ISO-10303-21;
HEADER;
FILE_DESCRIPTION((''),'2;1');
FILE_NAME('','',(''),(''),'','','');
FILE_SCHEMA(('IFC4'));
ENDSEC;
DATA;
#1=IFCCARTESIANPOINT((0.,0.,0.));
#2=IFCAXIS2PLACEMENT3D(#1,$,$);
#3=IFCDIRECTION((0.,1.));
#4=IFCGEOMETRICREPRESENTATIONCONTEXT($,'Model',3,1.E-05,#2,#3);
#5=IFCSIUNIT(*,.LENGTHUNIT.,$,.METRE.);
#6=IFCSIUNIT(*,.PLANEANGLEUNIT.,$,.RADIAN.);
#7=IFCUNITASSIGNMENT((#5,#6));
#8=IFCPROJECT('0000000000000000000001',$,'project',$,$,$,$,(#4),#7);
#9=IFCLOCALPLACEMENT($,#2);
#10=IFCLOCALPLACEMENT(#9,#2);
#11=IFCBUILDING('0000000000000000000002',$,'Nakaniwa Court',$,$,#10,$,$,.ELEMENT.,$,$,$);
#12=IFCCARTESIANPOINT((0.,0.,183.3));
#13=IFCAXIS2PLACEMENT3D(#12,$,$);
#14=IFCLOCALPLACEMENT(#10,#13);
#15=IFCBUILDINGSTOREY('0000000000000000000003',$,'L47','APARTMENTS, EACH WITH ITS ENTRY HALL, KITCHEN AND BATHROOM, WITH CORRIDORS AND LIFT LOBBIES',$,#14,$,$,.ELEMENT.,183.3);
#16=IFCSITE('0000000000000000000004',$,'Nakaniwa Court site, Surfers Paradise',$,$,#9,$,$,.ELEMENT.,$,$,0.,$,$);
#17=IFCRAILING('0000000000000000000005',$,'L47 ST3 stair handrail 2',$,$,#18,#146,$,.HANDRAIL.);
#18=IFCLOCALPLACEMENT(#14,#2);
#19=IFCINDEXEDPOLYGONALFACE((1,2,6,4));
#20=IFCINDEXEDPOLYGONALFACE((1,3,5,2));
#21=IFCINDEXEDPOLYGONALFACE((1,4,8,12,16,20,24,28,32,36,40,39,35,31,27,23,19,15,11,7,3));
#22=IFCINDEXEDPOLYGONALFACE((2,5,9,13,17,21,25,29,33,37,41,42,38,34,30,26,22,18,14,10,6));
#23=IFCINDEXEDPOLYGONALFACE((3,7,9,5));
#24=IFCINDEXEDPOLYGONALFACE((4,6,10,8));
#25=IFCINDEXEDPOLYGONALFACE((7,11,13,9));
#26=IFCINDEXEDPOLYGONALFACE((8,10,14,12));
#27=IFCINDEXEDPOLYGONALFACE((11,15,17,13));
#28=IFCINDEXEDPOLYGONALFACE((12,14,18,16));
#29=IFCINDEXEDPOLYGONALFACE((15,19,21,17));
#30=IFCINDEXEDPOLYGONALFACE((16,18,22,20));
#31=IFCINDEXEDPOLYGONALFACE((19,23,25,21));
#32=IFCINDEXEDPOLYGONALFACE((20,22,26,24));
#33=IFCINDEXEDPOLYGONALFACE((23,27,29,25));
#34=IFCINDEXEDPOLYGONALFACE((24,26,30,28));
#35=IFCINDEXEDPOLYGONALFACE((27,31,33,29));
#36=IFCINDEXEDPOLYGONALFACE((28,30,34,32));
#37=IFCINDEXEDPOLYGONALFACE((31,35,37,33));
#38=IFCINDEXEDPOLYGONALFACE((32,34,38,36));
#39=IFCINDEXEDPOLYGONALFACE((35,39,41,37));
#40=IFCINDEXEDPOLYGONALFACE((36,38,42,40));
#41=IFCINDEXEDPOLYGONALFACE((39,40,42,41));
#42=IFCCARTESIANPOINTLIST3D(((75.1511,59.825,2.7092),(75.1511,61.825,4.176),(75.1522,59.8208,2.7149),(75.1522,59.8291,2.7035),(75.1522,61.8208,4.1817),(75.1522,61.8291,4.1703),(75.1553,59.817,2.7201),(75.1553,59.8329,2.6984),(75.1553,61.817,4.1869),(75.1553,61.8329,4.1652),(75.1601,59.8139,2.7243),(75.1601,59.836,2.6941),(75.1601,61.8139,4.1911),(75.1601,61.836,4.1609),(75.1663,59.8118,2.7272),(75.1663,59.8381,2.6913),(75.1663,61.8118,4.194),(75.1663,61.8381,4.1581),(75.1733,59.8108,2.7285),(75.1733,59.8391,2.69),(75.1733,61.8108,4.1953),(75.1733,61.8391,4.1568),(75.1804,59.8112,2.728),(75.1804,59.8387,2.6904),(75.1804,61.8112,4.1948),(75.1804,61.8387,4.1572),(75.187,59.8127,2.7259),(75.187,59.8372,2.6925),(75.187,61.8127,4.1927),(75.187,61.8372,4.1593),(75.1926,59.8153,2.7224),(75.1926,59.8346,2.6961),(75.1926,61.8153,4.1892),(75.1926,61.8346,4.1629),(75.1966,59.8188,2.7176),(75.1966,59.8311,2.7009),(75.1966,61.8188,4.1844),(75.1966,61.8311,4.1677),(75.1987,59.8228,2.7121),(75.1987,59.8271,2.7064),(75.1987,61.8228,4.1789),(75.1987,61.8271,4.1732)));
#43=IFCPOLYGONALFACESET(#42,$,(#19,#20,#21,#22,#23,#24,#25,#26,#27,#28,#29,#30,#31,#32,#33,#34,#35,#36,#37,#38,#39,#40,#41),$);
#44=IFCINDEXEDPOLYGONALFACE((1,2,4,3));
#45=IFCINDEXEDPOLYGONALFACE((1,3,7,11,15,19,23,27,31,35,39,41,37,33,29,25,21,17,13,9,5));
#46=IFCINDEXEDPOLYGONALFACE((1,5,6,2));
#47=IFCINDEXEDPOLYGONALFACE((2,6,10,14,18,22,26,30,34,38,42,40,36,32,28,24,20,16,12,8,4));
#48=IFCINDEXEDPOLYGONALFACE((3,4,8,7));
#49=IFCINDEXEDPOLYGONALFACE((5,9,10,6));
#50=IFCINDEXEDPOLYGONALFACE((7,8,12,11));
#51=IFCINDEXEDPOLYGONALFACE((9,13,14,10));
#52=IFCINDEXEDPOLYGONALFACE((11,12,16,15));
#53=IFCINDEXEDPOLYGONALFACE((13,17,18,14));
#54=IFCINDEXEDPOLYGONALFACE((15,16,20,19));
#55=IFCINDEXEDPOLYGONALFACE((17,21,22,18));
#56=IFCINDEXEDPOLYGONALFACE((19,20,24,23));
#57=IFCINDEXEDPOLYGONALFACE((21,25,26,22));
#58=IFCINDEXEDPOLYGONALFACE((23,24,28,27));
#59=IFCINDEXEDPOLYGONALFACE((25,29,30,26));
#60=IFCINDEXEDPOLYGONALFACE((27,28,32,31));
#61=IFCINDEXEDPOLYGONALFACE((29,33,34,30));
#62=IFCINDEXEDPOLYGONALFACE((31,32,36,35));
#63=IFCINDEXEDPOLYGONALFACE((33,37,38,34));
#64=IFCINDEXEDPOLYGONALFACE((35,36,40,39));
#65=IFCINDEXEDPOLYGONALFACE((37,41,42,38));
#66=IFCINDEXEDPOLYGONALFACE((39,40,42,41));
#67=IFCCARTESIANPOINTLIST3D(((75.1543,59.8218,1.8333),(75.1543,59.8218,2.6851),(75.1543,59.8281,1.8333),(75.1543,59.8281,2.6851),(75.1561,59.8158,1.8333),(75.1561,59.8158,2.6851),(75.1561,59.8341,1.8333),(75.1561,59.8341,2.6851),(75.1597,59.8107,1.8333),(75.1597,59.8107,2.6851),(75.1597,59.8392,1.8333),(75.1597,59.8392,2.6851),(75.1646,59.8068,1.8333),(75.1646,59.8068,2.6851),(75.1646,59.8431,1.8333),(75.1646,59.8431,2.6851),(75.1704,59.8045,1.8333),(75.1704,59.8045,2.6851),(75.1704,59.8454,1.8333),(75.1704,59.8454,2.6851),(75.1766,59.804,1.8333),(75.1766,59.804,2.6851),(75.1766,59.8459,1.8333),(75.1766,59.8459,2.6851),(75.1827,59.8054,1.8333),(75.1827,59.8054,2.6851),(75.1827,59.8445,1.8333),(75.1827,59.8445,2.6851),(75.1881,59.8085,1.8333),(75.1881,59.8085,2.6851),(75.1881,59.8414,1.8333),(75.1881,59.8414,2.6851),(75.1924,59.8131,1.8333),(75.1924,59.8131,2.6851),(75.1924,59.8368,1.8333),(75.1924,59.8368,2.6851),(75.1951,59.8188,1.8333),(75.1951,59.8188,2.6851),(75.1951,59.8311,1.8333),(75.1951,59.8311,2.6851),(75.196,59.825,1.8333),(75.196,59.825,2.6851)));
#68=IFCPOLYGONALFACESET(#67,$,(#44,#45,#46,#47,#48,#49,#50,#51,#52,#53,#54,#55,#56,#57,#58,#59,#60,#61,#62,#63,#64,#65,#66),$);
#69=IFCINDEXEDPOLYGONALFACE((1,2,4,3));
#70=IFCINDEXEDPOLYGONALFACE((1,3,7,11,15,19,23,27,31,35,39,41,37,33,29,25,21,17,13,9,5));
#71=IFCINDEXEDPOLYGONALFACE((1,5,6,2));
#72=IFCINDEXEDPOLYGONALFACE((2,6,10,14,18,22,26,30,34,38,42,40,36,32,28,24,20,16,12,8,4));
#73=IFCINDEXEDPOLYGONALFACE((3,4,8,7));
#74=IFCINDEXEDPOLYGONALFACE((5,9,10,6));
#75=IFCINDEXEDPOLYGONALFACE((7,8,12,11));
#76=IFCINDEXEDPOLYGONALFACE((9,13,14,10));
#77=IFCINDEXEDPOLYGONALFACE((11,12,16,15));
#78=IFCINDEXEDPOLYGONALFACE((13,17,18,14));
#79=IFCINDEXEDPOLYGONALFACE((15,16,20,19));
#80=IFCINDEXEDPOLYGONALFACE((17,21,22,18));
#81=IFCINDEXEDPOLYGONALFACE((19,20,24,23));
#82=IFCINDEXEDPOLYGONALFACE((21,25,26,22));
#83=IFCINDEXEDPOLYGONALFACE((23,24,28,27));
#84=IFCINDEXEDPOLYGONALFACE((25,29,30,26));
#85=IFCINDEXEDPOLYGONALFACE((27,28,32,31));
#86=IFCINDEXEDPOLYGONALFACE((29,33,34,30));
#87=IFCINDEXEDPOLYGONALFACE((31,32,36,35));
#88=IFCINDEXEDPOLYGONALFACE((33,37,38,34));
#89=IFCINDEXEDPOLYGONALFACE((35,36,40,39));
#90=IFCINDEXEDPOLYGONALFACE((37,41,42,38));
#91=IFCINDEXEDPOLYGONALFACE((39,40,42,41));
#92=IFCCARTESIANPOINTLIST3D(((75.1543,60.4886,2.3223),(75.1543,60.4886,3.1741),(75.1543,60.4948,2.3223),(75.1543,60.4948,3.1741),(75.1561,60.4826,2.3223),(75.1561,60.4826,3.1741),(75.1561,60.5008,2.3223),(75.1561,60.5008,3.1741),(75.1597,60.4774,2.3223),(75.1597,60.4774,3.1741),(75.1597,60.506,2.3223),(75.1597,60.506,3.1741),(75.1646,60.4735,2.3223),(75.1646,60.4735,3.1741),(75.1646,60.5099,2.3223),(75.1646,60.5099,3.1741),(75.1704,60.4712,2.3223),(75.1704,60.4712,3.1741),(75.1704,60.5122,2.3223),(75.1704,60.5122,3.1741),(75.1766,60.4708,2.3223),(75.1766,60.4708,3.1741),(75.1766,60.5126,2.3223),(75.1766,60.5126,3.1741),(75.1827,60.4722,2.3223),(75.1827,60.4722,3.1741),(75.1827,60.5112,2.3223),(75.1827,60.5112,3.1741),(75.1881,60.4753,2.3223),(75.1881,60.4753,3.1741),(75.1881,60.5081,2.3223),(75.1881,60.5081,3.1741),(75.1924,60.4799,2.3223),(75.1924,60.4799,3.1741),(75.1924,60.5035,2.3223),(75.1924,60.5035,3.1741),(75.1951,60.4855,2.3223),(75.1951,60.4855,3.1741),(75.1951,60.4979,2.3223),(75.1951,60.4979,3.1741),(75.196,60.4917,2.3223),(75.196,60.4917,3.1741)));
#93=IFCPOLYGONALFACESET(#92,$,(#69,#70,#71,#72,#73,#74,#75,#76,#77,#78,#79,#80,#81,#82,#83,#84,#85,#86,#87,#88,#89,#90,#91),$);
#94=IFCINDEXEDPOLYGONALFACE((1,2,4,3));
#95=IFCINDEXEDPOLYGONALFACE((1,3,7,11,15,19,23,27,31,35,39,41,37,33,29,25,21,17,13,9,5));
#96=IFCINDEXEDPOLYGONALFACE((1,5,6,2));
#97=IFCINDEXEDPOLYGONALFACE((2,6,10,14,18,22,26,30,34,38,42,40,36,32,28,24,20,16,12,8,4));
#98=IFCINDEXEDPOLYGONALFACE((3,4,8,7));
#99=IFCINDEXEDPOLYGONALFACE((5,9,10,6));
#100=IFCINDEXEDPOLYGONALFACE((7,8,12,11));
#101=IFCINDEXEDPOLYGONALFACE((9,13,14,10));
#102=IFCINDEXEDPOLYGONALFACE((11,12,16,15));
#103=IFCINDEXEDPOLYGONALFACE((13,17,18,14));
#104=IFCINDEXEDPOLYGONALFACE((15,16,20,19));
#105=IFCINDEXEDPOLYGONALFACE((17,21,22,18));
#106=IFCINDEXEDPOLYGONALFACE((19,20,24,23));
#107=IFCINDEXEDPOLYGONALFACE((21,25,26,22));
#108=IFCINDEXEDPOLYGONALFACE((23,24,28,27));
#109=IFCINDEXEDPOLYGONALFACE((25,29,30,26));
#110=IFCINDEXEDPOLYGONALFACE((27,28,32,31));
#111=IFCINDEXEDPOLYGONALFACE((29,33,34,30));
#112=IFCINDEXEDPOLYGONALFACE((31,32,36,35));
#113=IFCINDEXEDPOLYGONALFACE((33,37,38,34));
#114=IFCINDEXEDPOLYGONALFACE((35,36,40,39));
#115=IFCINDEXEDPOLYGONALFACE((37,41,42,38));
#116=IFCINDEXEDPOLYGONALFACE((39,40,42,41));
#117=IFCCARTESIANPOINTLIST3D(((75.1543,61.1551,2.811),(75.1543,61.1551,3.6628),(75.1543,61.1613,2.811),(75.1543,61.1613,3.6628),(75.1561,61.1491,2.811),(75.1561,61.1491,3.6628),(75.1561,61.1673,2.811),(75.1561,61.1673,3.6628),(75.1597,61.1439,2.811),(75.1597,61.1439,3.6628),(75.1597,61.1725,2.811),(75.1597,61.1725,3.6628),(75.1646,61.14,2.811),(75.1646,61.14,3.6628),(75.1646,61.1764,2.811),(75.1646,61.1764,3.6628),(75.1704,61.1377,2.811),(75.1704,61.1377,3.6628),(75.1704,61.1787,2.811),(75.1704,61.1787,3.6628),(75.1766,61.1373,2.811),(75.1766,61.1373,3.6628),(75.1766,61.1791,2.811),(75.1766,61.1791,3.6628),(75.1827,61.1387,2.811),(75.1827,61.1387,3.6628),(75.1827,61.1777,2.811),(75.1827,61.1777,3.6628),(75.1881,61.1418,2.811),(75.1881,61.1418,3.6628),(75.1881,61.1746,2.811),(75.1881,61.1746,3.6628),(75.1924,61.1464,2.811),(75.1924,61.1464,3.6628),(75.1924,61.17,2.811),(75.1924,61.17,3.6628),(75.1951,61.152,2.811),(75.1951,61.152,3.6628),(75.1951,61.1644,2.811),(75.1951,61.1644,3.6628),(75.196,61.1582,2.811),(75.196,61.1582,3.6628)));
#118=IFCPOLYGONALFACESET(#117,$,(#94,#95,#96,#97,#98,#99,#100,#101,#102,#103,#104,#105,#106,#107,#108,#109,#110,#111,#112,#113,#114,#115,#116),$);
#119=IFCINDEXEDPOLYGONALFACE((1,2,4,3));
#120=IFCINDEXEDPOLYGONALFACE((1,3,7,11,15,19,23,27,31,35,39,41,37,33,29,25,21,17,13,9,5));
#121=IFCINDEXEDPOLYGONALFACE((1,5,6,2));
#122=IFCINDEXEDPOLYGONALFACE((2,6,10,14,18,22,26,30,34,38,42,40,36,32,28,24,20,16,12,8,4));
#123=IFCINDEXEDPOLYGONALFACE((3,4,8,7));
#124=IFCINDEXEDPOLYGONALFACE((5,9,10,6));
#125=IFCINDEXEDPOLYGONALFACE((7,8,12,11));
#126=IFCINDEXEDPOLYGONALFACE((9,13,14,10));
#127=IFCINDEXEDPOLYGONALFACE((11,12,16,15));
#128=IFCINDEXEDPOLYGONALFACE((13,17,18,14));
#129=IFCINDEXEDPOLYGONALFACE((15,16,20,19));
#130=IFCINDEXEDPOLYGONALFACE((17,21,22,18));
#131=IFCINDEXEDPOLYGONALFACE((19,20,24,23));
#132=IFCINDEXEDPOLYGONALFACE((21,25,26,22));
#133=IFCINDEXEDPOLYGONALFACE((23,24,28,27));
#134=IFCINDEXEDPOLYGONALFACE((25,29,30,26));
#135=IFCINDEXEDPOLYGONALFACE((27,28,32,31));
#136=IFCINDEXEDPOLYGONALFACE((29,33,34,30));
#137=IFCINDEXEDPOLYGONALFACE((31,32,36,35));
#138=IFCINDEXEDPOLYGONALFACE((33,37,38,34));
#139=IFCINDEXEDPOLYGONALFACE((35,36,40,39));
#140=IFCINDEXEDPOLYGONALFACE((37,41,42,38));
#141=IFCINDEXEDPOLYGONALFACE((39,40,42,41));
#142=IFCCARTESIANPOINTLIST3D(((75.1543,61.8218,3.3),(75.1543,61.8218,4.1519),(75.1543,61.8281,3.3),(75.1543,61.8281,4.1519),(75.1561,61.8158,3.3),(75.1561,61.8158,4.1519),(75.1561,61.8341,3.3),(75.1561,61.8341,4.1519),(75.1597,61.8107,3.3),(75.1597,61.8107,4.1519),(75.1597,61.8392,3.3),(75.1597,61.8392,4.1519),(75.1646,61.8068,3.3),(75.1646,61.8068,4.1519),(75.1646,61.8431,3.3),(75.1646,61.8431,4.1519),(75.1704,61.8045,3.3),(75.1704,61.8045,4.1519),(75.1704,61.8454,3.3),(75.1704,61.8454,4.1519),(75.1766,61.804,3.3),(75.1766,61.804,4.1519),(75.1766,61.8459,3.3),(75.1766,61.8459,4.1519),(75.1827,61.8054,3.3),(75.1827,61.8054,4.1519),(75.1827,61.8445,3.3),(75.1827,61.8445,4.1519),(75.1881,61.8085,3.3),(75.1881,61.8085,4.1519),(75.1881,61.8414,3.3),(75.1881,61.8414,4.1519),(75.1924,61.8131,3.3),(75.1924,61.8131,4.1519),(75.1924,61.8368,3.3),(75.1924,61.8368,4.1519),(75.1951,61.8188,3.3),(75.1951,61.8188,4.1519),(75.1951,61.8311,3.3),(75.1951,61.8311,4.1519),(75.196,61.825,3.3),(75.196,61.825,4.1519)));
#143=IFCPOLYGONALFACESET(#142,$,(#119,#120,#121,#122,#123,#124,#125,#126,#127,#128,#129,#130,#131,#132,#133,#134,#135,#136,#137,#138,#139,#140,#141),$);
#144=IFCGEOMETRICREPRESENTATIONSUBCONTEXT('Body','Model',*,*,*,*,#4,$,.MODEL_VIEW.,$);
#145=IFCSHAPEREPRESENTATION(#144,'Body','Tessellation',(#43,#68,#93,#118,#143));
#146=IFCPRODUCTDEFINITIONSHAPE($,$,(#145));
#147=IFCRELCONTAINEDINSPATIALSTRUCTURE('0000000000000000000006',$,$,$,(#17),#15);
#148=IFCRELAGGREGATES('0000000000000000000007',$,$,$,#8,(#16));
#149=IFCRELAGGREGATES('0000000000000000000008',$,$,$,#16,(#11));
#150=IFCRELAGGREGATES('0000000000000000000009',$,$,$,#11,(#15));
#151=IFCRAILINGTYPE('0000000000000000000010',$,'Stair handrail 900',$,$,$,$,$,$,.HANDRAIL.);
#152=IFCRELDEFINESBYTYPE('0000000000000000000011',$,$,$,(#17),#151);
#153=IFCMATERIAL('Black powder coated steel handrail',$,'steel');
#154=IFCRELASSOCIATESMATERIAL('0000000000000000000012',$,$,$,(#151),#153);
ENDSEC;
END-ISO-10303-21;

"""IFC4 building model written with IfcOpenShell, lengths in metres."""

from ifc_helpers import new_model, si_unit, direction, frame, origin, origin_2d, place, context, subcontext, project, spatial, circle, extrude, material, type_object, element, save


model = new_model("IFC4")

# Units and contexts
model_context = context("Model", 3, precision=1e-05, world=origin(), true_north=direction((0.0, 1.0)))
body_context = subcontext(model_context, "Body", "Model", "MODEL_VIEW")
ifc_project = project(units=[si_unit("LENGTHUNIT", "METRE"), si_unit("PLANEANGLEUNIT", "RADIAN")], contexts=[model_context])

# Site, building, storey
site_placement = place(None, origin())
site = spatial("IfcSite", under=ifc_project, at=site_placement, Name="Nakaniwa Court site, Surfers Paradise", CompositionType="ELEMENT", RefElevation=0.0)
building_placement = place(site_placement, origin())
building = spatial("IfcBuilding", under=site, at=building_placement, Name="Nakaniwa Court", CompositionType="ELEMENT")
storey_placement = place(building_placement, frame((0.0, 0.0, 183.3)))
storey = spatial("IfcBuildingStorey", under=building, at=storey_placement, Name="L47", Description="APARTMENTS, EACH WITH ITS ENTRY HALL, KITCHEN AND BATHROOM, WITH CORRIDORS AND LIFT LOBBIES", CompositionType="ELEMENT", Elevation=183.3)

# Railing
ifc_material_1 = material(Name="Black powder coated steel handrail", Category="steel")
railing_type_1 = type_object("IfcRailingType", Name="Stair handrail 900", PredefinedType="HANDRAIL", material=ifc_material_1)
railing_1_placement = place(storey_placement, frame((75.175, 59.825, 1.8333)))
element("IfcRailing", 1, at=railing_1_placement, inside=storey, type_object=railing_type_1, Name="L47 ST3 stair handrail 2", PredefinedType="HANDRAIL", context=body_context, shape_type="SweptSolid", body=[
    extrude(circle(Radius=0.0239, at=origin_2d()), frame((0.0, 0.0, 0.876), z_axis=(0.0, 0.80638, 0.591398), x_axis=(-1.0, 0.0, 0.0)), (0.0, 0.0, 1.0), 2.4802),
    extrude(circle(Radius=0.021, at=origin_2d()), origin(), (0.0, 0.0, 1.0), 0.8518),
    extrude(circle(Radius=0.021, at=origin_2d()), frame((0.0, 0.6667, 0.489)), (0.0, 0.0, 1.0), 0.8518),
    extrude(circle(Radius=0.021, at=origin_2d()), frame((0.0, 1.3333, 0.9778)), (0.0, 0.0, 1.0), 0.8518),
    extrude(circle(Radius=0.021, at=origin_2d()), frame((0.0, 2.0, 1.4668)), (0.0, 0.0, 1.0), 0.8518),
])

save(model, "model.ifc")
